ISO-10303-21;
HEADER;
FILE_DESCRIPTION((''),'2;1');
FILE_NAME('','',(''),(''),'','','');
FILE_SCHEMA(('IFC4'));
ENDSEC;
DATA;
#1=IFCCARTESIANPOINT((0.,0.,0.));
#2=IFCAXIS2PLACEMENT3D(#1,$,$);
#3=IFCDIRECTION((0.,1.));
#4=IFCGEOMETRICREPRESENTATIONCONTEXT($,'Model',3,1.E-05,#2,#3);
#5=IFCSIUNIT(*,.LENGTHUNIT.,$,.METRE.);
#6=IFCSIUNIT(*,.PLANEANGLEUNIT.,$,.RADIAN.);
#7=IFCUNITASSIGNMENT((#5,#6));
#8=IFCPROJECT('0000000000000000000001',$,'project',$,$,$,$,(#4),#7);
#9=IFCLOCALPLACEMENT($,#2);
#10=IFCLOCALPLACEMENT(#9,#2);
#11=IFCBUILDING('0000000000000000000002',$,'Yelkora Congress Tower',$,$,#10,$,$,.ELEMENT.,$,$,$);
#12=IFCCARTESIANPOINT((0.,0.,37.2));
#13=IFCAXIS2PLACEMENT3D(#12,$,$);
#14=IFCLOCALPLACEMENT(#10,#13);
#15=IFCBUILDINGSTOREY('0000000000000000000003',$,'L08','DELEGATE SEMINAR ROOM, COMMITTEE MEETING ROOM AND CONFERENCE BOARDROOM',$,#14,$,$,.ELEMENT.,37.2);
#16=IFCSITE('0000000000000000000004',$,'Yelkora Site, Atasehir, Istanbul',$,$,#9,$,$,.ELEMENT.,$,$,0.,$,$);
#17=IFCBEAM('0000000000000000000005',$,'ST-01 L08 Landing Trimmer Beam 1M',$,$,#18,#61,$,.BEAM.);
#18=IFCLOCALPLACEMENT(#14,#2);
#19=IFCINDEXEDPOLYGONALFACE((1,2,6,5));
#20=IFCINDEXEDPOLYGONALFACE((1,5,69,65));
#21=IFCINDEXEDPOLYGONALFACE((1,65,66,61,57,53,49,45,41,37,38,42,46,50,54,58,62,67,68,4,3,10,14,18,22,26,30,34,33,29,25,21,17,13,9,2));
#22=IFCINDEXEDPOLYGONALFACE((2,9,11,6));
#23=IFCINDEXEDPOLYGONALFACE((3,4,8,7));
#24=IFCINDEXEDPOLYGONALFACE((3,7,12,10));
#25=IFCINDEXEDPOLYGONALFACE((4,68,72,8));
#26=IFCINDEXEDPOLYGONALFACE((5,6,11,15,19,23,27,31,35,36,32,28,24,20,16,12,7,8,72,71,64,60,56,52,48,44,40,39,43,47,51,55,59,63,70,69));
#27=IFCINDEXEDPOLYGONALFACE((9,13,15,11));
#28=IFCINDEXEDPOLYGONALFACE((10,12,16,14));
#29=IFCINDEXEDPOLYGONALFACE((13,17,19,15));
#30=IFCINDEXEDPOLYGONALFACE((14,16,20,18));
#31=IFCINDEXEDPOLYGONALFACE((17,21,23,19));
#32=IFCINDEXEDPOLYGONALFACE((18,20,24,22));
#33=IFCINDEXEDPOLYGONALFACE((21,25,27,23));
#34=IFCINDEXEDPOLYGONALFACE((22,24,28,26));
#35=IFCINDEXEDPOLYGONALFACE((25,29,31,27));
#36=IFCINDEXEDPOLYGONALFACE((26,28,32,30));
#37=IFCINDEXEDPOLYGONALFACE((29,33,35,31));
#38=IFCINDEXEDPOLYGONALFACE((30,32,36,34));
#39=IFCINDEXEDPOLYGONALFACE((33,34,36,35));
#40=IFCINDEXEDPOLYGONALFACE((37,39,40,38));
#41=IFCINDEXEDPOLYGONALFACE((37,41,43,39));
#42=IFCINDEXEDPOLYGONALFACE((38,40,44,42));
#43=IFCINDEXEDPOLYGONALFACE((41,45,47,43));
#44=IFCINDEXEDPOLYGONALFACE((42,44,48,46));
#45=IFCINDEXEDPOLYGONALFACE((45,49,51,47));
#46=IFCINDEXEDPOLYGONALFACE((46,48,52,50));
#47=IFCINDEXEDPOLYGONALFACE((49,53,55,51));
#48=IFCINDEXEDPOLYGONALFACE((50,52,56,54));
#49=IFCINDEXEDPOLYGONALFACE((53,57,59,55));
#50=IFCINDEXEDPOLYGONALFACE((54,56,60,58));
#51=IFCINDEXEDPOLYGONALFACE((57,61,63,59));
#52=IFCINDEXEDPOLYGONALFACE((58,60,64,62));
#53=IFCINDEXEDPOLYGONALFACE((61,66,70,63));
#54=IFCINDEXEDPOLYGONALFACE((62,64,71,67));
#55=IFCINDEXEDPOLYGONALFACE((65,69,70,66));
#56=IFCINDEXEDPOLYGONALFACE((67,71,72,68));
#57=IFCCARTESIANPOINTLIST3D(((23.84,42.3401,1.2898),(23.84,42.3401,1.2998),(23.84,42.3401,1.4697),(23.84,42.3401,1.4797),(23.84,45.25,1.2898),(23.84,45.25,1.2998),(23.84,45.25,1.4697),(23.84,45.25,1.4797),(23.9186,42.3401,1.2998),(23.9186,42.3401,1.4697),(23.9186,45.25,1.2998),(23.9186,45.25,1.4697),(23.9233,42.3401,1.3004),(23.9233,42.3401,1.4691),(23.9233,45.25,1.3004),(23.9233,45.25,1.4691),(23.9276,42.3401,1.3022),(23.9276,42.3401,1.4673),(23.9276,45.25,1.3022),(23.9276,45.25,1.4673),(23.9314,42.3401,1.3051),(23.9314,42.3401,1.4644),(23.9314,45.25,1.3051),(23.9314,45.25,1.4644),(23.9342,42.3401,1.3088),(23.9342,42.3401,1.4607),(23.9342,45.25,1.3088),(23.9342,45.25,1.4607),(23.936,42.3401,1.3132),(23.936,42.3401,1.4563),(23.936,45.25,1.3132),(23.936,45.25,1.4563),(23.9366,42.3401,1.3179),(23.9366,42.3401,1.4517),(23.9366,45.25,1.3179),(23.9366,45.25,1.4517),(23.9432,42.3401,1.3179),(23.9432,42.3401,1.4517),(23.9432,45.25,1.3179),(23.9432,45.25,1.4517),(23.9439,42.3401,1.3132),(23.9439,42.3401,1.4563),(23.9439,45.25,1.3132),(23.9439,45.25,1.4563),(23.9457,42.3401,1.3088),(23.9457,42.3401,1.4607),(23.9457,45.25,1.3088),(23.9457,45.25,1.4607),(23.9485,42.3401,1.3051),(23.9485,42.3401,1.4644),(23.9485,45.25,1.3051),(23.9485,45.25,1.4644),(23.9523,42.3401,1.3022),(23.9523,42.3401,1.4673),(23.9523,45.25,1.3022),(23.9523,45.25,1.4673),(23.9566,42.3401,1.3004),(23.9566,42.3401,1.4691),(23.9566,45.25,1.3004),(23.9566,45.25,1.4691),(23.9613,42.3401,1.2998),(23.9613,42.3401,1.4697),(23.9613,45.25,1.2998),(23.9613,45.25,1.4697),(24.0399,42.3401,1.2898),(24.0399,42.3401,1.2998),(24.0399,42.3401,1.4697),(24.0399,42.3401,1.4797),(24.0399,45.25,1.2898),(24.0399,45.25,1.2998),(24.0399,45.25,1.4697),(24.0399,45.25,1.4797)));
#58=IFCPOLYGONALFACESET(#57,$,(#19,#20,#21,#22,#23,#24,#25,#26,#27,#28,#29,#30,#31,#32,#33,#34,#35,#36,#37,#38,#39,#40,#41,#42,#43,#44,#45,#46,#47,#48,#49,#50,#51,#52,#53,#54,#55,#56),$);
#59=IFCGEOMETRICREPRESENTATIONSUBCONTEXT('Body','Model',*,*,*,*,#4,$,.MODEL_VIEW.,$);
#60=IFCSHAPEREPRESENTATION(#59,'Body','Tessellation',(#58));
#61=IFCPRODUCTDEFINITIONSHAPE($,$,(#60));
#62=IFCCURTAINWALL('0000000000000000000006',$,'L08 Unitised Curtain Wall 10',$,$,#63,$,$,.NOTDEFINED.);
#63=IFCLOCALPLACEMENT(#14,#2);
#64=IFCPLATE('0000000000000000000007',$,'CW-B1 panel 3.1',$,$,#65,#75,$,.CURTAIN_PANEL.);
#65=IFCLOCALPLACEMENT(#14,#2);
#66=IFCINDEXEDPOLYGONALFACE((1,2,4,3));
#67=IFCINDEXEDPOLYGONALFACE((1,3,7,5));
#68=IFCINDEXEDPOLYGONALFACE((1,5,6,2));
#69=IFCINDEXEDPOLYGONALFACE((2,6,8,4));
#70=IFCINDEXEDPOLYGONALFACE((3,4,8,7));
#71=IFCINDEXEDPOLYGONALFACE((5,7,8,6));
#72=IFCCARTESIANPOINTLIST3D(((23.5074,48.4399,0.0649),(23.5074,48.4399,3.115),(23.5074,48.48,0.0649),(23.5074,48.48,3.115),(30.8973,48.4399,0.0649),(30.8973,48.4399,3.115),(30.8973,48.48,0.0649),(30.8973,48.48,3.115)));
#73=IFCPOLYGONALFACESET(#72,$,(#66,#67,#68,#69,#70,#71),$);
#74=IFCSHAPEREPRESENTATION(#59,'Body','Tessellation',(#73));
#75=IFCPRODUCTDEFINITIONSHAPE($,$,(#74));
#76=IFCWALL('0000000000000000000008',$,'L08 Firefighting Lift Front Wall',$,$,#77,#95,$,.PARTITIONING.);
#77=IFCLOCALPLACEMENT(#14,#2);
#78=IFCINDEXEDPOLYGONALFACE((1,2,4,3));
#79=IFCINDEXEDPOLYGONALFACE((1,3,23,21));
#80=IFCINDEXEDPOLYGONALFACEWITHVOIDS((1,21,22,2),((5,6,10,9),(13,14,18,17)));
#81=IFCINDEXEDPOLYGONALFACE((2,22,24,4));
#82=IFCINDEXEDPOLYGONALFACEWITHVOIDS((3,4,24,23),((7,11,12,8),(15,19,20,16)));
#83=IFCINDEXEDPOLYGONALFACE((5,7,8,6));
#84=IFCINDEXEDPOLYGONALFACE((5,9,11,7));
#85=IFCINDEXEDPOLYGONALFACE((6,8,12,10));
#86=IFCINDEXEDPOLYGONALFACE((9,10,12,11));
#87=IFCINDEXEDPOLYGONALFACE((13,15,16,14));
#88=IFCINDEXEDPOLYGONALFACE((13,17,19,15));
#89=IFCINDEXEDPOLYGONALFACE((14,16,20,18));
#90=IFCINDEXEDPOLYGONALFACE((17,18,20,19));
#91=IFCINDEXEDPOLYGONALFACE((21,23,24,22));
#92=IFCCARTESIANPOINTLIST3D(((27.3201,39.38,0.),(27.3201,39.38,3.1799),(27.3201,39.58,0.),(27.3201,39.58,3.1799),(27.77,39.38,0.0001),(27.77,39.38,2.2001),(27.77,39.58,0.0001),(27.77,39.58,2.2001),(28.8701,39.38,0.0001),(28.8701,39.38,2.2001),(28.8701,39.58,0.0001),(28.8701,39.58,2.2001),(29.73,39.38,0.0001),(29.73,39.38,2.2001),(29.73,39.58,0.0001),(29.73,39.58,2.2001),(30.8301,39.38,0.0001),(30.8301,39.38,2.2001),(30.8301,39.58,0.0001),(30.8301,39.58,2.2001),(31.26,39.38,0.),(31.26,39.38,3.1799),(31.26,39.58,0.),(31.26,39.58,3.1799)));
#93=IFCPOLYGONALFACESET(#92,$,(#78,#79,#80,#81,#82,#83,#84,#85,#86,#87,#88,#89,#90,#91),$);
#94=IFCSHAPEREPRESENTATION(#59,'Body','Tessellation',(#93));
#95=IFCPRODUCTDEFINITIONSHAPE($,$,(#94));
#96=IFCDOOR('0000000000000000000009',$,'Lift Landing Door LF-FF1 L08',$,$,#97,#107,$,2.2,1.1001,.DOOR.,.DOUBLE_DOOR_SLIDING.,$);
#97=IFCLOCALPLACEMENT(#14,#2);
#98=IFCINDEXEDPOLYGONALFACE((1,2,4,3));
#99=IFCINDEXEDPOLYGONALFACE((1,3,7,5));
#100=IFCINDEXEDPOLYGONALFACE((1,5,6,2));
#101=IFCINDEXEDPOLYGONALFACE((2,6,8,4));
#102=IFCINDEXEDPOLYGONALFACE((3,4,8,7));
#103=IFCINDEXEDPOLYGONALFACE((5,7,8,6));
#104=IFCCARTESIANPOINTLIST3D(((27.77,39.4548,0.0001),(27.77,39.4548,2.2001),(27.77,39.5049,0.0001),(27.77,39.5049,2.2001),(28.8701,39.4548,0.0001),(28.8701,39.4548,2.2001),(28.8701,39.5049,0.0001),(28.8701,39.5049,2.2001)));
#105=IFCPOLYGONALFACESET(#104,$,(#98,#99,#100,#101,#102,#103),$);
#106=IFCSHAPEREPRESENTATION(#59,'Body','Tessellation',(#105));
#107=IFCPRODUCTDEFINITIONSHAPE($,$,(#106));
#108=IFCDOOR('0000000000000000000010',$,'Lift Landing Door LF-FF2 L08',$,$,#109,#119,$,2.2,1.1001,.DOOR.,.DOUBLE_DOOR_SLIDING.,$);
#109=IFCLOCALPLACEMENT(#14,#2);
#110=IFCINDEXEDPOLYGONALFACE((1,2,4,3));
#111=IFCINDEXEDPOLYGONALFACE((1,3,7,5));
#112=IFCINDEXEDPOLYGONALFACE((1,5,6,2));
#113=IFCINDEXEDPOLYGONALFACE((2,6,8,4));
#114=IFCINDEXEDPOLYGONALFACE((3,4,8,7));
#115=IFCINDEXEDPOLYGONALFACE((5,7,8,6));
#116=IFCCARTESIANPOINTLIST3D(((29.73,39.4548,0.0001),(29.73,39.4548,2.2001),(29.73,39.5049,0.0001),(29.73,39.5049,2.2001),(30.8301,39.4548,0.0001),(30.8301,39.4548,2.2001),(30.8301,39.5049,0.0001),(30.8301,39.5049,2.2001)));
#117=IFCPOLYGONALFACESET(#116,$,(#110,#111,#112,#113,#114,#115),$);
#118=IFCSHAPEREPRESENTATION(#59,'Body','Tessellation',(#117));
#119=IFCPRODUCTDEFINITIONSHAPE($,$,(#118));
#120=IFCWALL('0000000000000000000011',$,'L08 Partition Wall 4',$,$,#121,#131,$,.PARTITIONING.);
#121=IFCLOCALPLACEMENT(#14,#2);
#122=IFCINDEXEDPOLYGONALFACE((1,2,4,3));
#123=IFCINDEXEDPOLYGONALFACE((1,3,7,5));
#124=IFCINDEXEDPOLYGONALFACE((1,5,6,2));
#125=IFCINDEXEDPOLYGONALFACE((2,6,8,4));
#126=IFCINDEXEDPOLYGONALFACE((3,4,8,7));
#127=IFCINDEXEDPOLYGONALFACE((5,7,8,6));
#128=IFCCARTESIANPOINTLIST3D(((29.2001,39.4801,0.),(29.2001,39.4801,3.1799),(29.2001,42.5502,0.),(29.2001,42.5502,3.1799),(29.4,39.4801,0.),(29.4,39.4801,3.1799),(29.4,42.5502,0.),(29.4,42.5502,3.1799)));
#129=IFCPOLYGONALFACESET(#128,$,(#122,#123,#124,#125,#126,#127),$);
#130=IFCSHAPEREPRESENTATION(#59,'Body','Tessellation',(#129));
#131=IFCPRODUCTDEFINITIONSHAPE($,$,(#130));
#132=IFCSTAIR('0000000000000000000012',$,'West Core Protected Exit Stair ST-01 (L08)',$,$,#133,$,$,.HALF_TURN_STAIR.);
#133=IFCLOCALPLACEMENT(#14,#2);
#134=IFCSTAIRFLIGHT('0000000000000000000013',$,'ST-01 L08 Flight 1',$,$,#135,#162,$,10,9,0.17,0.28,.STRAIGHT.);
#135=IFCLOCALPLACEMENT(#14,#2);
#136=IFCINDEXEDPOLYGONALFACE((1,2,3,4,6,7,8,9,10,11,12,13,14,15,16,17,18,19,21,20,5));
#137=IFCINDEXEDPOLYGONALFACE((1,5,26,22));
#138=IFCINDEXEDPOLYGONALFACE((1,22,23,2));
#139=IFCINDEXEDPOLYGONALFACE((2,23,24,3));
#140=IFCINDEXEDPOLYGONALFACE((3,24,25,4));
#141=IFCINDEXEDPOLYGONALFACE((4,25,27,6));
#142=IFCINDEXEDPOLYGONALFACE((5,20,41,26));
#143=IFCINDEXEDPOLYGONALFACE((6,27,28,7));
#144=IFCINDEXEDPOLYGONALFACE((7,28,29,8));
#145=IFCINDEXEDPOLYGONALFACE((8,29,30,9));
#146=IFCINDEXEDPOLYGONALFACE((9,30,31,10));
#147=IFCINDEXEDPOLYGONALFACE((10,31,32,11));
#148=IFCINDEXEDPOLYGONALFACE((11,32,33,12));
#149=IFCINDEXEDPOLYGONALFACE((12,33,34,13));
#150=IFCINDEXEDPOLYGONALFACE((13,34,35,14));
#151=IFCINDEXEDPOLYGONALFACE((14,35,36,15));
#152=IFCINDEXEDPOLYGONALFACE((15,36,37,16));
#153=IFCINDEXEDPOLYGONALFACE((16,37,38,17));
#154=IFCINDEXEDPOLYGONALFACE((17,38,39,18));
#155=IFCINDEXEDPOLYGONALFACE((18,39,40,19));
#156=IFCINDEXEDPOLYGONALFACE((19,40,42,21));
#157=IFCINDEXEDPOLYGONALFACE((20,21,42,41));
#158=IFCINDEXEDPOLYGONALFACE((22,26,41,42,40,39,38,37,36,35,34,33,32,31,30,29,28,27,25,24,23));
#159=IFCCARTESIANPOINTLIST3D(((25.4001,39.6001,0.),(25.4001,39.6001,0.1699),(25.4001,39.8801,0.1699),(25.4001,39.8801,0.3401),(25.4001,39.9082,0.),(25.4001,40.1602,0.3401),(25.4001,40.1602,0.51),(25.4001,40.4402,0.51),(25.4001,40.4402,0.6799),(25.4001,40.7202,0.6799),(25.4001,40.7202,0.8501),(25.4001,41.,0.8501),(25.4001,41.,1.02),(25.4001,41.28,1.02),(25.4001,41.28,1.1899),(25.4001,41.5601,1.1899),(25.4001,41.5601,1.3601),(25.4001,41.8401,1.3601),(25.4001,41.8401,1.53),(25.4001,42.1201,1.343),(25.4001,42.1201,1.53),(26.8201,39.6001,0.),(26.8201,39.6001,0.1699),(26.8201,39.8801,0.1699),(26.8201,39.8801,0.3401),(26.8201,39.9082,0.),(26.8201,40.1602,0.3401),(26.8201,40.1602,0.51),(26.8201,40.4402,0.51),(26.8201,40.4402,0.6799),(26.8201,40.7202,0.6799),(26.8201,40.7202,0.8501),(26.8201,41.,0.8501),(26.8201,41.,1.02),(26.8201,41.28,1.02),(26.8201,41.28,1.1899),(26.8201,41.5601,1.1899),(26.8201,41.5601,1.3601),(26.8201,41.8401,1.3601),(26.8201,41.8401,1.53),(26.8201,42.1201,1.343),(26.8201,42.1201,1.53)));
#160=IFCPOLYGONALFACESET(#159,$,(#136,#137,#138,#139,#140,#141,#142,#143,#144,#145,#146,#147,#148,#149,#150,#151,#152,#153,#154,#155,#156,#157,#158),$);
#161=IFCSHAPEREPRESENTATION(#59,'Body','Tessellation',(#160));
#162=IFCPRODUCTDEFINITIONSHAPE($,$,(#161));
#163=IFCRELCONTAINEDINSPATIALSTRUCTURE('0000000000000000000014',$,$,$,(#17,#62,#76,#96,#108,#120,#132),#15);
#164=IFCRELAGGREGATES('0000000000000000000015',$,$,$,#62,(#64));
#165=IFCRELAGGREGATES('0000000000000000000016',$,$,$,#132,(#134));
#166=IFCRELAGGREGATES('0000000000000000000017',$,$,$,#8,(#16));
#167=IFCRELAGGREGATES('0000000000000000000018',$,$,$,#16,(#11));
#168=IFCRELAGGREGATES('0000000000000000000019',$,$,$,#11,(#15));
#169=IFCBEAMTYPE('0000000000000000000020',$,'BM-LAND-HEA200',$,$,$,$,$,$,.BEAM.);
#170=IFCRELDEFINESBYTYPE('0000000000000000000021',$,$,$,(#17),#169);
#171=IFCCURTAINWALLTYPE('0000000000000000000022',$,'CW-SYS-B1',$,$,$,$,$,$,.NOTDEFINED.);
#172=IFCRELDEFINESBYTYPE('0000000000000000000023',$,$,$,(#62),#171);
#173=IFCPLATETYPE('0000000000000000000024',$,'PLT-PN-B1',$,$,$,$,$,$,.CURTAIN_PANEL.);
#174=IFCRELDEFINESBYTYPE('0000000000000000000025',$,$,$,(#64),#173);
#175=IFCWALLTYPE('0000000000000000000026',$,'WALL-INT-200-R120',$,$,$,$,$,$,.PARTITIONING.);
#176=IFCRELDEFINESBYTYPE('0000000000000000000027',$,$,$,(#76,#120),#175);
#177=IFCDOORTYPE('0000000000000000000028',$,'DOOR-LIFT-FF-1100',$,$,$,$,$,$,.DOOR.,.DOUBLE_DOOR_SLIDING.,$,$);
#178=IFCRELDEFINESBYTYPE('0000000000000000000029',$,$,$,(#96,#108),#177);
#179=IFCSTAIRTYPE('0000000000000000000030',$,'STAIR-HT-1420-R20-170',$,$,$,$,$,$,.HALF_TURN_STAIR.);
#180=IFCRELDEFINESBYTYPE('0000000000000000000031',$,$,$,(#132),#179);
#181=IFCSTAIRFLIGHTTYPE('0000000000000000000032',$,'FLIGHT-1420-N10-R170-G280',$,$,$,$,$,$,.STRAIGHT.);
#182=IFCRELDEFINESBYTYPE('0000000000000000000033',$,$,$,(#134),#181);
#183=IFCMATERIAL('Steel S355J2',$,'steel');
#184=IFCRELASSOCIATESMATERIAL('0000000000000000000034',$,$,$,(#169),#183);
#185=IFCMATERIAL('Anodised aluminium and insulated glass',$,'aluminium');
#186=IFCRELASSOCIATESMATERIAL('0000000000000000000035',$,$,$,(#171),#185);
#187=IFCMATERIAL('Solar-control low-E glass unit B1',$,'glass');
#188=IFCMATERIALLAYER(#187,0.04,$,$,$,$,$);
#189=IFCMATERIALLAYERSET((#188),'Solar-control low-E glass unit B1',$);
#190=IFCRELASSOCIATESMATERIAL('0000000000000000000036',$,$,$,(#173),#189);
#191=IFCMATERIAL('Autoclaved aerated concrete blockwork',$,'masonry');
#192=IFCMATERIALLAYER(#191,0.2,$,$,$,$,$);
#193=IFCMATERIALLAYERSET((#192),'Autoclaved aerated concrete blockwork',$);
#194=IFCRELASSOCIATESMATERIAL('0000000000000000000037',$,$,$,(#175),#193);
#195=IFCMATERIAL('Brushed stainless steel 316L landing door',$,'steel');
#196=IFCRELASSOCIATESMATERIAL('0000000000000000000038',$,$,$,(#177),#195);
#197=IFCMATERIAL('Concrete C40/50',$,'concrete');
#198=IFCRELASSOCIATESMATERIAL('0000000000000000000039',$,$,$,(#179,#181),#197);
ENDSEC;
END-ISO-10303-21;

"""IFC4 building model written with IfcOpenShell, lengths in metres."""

from ifc_helpers import new_model, si_unit, direction, frame, frame_2d, origin, origin_2d, place, context, subcontext, project, spatial, polyline, rectangle, i_section, outline, extrude, material, layer, layer_set, material_profile, profile_set, type_object, element, fill, aggregate, save


model = new_model("IFC4")

# Units and contexts
model_context = context("Model", 3, precision=1e-05, world=origin(), true_north=direction((0.0, 1.0)))
body_context = subcontext(model_context, "Body", "Model", "MODEL_VIEW")
ifc_project = project(units=[si_unit("LENGTHUNIT", "METRE"), si_unit("PLANEANGLEUNIT", "RADIAN")], contexts=[model_context])

# Site, building, storey
site_placement = place(None, origin())
site = spatial("IfcSite", under=ifc_project, at=site_placement, Name="Yelkora Site, Atasehir, Istanbul", CompositionType="ELEMENT", RefElevation=0.0)
building_placement = place(site_placement, origin())
building = spatial("IfcBuilding", under=site, at=building_placement, Name="Yelkora Congress Tower", CompositionType="ELEMENT")
storey_placement = place(building_placement, frame((0.0, 0.0, 37.2)))
storey = spatial("IfcBuildingStorey", under=building, at=storey_placement, Name="L08", Description="DELEGATE SEMINAR ROOM, COMMITTEE MEETING ROOM AND CONFERENCE BOARDROOM", CompositionType="ELEMENT", Elevation=37.2)

# Beam
ifc_material_1 = material(Name="Steel S355J2", Category="steel")
ifc_material_profile = material_profile(ifc_material_1, i_section(OverallWidth=0.2, OverallDepth=0.1899, WebThickness=0.0066, FlangeThickness=0.01, FilletRadius=0.0181, at=origin_2d()), Name="HEA 200")
ifc_profile_set = profile_set([ifc_material_profile], Name="Steel S355J2")
beam_type = type_object("IfcBeamType", Name="BM-LAND-HEA200", PredefinedType="BEAM", material=ifc_profile_set)
beam_placement = place(storey_placement, frame((23.9399, 42.3401, 1.3848), z_axis=(0.0, 1.0, 0.0), x_axis=(-1.0, 0.0, 0.0)))
element("IfcBeam", 1, at=beam_placement, inside=storey, type_object=beam_type, Name="ST-01 L08 Landing Trimmer Beam 1M", PredefinedType="BEAM", context=body_context, shape_type="SweptSolid", body=[
    extrude(i_section(OverallWidth=0.2, OverallDepth=0.1899, WebThickness=0.0066, FlangeThickness=0.01, FilletRadius=0.0181, at=origin_2d()), origin(), (0.0, 0.0, 1.0), 2.9099),
])

# Curtain wall, plate
ifc_material_2 = material(Name="Anodised aluminium and insulated glass", Category="aluminium")
curtain_wall_type = type_object("IfcCurtainWallType", Name="CW-SYS-B1", PredefinedType="NOTDEFINED", material=ifc_material_2)
curtain_wall_placement = place(storey_placement, origin())
curtain_wall = element("IfcCurtainWall", 2, at=curtain_wall_placement, inside=storey, type_object=curtain_wall_type, Name="L08 Unitised Curtain Wall 10", PredefinedType="NOTDEFINED")
ifc_material_3 = material(Name="Solar-control low-E glass unit B1", Category="glass")
ifc_layer_1 = layer(ifc_material_3, 0.04)
ifc_layer_set_1 = layer_set([ifc_layer_1], Name="Solar-control low-E glass unit B1")
plate_type = type_object("IfcPlateType", Name="PLT-PN-B1", PredefinedType="CURTAIN_PANEL", material=ifc_layer_set_1)
plate_placement = place(storey_placement, frame((27.2024, 48.46, 0.0649), z_axis=(0.0, 0.0, 1.0), x_axis=(1.0, 0.0, 0.0)))
plate = element("IfcPlate", 3, at=plate_placement, type_object=plate_type, Name="CW-B1 panel 3.1", PredefinedType="CURTAIN_PANEL", context=body_context, shape_type="SweptSolid", body=[
    extrude(rectangle(XDim=7.3899, YDim=0.04, at=origin_2d()), origin(), (0.0, 0.0, 1.0), 3.05),
])
aggregate(curtain_wall, [plate])

# Shared definitions
ifc_material_4 = material(Name="Autoclaved aerated concrete blockwork", Category="masonry")
ifc_layer_2 = layer(ifc_material_4, 0.2)
ifc_layer_set_2 = layer_set([ifc_layer_2], Name="Autoclaved aerated concrete blockwork")
wall_type_1 = type_object("IfcWallType", Name="WALL-INT-200-R120", PredefinedType="PARTITIONING", material=ifc_layer_set_2)

# Wall, openings, doors
wall_1_placement = place(storey_placement, frame((27.3201, 39.48, 0.0), z_axis=(0.0, 0.0, 1.0), x_axis=(1.0, 0.0, 0.0)))
wall_1 = element("IfcWall", 4, at=wall_1_placement, inside=storey, type_object=wall_type_1, Name="L08 Firefighting Lift Front Wall", PredefinedType="PARTITIONING", context=body_context, shape_type="SweptSolid", body=[
    extrude(rectangle(XDim=3.9399, YDim=0.2, at=frame_2d((1.97, 0.0))), origin(), (0.0, 0.0, 1.0), 3.1799),
])
opening_1_placement = place(wall_1_placement, frame((0.45, 0.0, 0.0)))
opening_1 = element("IfcOpeningElement", 5, at=opening_1_placement, cuts=wall_1, PredefinedType="OPENING", context=body_context, shape_type="SweptSolid", body=[
    extrude(rectangle(XDim=1.1001, YDim=2.2, at=frame_2d((0.55, 1.1001))), frame((0.0, 0.1099, 0.0), z_axis=(0.0, -1.0, 0.0), x_axis=(1.0, 0.0, 0.0)), (0.0, 0.0, 1.0), 0.22),
])
opening_2_placement = place(wall_1_placement, frame((2.4099, 0.0, 0.0)))
opening_2 = element("IfcOpeningElement", 6, at=opening_2_placement, cuts=wall_1, PredefinedType="OPENING", context=body_context, shape_type="SweptSolid", body=[
    extrude(rectangle(XDim=1.1001, YDim=2.2, at=frame_2d((0.55, 1.1001))), frame((0.0, 0.1099, 0.0), z_axis=(0.0, -1.0, 0.0), x_axis=(1.0, 0.0, 0.0)), (0.0, 0.0, 1.0), 0.22),
])
ifc_material_5 = material(Name="Brushed stainless steel 316L landing door", Category="steel")
door_type_1 = type_object("IfcDoorType", Name="DOOR-LIFT-FF-1100", OperationType="DOUBLE_DOOR_SLIDING", PredefinedType="DOOR", material=ifc_material_5)
door_1_placement = place(opening_1_placement, origin())
door_1 = element("IfcDoor", 7, at=door_1_placement, inside=storey, type_object=door_type_1, Name="Lift Landing Door LF-FF1 L08", OperationType="DOUBLE_DOOR_SLIDING", OverallHeight=2.2, OverallWidth=1.1001, PredefinedType="DOOR", context=body_context, shape_type="SweptSolid", body=[
    extrude(rectangle(XDim=1.1001, YDim=2.2, at=frame_2d((0.55, 1.1001))), frame((0.0, 0.0249, 0.0), z_axis=(0.0, -1.0, 0.0), x_axis=(1.0, 0.0, 0.0)), (0.0, 0.0, 1.0), 0.05),
])
fill(opening_1, door_1)
door_2_placement = place(opening_2_placement, origin())
door_2 = element("IfcDoor", 8, at=door_2_placement, inside=storey, type_object=door_type_1, Name="Lift Landing Door LF-FF2 L08", OperationType="DOUBLE_DOOR_SLIDING", OverallHeight=2.2, OverallWidth=1.1001, PredefinedType="DOOR", context=body_context, shape_type="SweptSolid", body=[
    extrude(rectangle(XDim=1.1001, YDim=2.2, at=frame_2d((0.55, 1.1001))), frame((0.0, 0.0249, 0.0), z_axis=(0.0, -1.0, 0.0), x_axis=(1.0, 0.0, 0.0)), (0.0, 0.0, 1.0), 0.05),
])
fill(opening_2, door_2)

# Wall
wall_2_placement = place(storey_placement, frame((29.3, 39.48, 0.0), z_axis=(0.0, 0.0, 1.0), x_axis=(0.0, 1.0, 0.0)))
element("IfcWall", 9, at=wall_2_placement, inside=storey, type_object=wall_type_1, Name="L08 Partition Wall 4", PredefinedType="PARTITIONING", context=body_context, shape_type="SweptSolid", body=[
    extrude(rectangle(XDim=3.0701, YDim=0.2, at=frame_2d((1.5352, 0.0))), origin(), (0.0, 0.0, 1.0), 3.1799),
])

# Stair, stair flight
ifc_material_6 = material(Name="Concrete C40/50", Category="concrete")
stair_type = type_object("IfcStairType", Name="STAIR-HT-1420-R20-170", PredefinedType="HALF_TURN_STAIR", material=ifc_material_6)
stair_placement = place(storey_placement, origin())
stair = element("IfcStair", 10, at=stair_placement, inside=storey, type_object=stair_type, Name="West Core Protected Exit Stair ST-01 (L08)", PredefinedType="HALF_TURN_STAIR")
stair_flight_type = type_object("IfcStairFlightType", Name="FLIGHT-1420-N10-R170-G280", PredefinedType="STRAIGHT", material=ifc_material_6)
stair_flight_1_placement = place(storey_placement, frame((26.1101, 39.6001, 0.0), z_axis=(0.0, 0.0, 1.0), x_axis=(0.0, 1.0, 0.0)))
stair_flight_1 = element("IfcStairFlight", 11, at=stair_flight_1_placement, type_object=stair_flight_type, Name="ST-01 L08 Flight 1", NumberOfRisers=10, NumberOfTreads=9, PredefinedType="STRAIGHT", RiserHeight=0.17, TreadLength=0.28, context=body_context, shape_type="SweptSolid", body=[
    extrude(outline(polyline([(0.0, 0.0), (0.0, 0.1699), (0.28, 0.1699), (0.28, 0.3401), (0.5601, 0.3401), (0.5601, 0.51), (0.8401, 0.51), (0.8401, 0.6799), (1.1201, 0.6799), (1.1201, 0.8501), (1.3999, 0.8501), (1.3999, 1.02), (1.6799, 1.02), (1.6799, 1.1899), (1.96, 1.1899), (1.96, 1.3601), (2.24, 1.3601), (2.24, 1.53), (2.52, 1.53), (2.52, 1.7), (2.52, 1.343), (0.3081, 0.0), (0.0, 0.0)])), frame((0.0, 0.71, 0.0), z_axis=(0.0, -1.0, 0.0), x_axis=(1.0, 0.0, 0.0)), (0.0, 0.0, 1.0), 1.4199),
])
aggregate(stair, [stair_flight_1])

save(model, "model.ifc")
